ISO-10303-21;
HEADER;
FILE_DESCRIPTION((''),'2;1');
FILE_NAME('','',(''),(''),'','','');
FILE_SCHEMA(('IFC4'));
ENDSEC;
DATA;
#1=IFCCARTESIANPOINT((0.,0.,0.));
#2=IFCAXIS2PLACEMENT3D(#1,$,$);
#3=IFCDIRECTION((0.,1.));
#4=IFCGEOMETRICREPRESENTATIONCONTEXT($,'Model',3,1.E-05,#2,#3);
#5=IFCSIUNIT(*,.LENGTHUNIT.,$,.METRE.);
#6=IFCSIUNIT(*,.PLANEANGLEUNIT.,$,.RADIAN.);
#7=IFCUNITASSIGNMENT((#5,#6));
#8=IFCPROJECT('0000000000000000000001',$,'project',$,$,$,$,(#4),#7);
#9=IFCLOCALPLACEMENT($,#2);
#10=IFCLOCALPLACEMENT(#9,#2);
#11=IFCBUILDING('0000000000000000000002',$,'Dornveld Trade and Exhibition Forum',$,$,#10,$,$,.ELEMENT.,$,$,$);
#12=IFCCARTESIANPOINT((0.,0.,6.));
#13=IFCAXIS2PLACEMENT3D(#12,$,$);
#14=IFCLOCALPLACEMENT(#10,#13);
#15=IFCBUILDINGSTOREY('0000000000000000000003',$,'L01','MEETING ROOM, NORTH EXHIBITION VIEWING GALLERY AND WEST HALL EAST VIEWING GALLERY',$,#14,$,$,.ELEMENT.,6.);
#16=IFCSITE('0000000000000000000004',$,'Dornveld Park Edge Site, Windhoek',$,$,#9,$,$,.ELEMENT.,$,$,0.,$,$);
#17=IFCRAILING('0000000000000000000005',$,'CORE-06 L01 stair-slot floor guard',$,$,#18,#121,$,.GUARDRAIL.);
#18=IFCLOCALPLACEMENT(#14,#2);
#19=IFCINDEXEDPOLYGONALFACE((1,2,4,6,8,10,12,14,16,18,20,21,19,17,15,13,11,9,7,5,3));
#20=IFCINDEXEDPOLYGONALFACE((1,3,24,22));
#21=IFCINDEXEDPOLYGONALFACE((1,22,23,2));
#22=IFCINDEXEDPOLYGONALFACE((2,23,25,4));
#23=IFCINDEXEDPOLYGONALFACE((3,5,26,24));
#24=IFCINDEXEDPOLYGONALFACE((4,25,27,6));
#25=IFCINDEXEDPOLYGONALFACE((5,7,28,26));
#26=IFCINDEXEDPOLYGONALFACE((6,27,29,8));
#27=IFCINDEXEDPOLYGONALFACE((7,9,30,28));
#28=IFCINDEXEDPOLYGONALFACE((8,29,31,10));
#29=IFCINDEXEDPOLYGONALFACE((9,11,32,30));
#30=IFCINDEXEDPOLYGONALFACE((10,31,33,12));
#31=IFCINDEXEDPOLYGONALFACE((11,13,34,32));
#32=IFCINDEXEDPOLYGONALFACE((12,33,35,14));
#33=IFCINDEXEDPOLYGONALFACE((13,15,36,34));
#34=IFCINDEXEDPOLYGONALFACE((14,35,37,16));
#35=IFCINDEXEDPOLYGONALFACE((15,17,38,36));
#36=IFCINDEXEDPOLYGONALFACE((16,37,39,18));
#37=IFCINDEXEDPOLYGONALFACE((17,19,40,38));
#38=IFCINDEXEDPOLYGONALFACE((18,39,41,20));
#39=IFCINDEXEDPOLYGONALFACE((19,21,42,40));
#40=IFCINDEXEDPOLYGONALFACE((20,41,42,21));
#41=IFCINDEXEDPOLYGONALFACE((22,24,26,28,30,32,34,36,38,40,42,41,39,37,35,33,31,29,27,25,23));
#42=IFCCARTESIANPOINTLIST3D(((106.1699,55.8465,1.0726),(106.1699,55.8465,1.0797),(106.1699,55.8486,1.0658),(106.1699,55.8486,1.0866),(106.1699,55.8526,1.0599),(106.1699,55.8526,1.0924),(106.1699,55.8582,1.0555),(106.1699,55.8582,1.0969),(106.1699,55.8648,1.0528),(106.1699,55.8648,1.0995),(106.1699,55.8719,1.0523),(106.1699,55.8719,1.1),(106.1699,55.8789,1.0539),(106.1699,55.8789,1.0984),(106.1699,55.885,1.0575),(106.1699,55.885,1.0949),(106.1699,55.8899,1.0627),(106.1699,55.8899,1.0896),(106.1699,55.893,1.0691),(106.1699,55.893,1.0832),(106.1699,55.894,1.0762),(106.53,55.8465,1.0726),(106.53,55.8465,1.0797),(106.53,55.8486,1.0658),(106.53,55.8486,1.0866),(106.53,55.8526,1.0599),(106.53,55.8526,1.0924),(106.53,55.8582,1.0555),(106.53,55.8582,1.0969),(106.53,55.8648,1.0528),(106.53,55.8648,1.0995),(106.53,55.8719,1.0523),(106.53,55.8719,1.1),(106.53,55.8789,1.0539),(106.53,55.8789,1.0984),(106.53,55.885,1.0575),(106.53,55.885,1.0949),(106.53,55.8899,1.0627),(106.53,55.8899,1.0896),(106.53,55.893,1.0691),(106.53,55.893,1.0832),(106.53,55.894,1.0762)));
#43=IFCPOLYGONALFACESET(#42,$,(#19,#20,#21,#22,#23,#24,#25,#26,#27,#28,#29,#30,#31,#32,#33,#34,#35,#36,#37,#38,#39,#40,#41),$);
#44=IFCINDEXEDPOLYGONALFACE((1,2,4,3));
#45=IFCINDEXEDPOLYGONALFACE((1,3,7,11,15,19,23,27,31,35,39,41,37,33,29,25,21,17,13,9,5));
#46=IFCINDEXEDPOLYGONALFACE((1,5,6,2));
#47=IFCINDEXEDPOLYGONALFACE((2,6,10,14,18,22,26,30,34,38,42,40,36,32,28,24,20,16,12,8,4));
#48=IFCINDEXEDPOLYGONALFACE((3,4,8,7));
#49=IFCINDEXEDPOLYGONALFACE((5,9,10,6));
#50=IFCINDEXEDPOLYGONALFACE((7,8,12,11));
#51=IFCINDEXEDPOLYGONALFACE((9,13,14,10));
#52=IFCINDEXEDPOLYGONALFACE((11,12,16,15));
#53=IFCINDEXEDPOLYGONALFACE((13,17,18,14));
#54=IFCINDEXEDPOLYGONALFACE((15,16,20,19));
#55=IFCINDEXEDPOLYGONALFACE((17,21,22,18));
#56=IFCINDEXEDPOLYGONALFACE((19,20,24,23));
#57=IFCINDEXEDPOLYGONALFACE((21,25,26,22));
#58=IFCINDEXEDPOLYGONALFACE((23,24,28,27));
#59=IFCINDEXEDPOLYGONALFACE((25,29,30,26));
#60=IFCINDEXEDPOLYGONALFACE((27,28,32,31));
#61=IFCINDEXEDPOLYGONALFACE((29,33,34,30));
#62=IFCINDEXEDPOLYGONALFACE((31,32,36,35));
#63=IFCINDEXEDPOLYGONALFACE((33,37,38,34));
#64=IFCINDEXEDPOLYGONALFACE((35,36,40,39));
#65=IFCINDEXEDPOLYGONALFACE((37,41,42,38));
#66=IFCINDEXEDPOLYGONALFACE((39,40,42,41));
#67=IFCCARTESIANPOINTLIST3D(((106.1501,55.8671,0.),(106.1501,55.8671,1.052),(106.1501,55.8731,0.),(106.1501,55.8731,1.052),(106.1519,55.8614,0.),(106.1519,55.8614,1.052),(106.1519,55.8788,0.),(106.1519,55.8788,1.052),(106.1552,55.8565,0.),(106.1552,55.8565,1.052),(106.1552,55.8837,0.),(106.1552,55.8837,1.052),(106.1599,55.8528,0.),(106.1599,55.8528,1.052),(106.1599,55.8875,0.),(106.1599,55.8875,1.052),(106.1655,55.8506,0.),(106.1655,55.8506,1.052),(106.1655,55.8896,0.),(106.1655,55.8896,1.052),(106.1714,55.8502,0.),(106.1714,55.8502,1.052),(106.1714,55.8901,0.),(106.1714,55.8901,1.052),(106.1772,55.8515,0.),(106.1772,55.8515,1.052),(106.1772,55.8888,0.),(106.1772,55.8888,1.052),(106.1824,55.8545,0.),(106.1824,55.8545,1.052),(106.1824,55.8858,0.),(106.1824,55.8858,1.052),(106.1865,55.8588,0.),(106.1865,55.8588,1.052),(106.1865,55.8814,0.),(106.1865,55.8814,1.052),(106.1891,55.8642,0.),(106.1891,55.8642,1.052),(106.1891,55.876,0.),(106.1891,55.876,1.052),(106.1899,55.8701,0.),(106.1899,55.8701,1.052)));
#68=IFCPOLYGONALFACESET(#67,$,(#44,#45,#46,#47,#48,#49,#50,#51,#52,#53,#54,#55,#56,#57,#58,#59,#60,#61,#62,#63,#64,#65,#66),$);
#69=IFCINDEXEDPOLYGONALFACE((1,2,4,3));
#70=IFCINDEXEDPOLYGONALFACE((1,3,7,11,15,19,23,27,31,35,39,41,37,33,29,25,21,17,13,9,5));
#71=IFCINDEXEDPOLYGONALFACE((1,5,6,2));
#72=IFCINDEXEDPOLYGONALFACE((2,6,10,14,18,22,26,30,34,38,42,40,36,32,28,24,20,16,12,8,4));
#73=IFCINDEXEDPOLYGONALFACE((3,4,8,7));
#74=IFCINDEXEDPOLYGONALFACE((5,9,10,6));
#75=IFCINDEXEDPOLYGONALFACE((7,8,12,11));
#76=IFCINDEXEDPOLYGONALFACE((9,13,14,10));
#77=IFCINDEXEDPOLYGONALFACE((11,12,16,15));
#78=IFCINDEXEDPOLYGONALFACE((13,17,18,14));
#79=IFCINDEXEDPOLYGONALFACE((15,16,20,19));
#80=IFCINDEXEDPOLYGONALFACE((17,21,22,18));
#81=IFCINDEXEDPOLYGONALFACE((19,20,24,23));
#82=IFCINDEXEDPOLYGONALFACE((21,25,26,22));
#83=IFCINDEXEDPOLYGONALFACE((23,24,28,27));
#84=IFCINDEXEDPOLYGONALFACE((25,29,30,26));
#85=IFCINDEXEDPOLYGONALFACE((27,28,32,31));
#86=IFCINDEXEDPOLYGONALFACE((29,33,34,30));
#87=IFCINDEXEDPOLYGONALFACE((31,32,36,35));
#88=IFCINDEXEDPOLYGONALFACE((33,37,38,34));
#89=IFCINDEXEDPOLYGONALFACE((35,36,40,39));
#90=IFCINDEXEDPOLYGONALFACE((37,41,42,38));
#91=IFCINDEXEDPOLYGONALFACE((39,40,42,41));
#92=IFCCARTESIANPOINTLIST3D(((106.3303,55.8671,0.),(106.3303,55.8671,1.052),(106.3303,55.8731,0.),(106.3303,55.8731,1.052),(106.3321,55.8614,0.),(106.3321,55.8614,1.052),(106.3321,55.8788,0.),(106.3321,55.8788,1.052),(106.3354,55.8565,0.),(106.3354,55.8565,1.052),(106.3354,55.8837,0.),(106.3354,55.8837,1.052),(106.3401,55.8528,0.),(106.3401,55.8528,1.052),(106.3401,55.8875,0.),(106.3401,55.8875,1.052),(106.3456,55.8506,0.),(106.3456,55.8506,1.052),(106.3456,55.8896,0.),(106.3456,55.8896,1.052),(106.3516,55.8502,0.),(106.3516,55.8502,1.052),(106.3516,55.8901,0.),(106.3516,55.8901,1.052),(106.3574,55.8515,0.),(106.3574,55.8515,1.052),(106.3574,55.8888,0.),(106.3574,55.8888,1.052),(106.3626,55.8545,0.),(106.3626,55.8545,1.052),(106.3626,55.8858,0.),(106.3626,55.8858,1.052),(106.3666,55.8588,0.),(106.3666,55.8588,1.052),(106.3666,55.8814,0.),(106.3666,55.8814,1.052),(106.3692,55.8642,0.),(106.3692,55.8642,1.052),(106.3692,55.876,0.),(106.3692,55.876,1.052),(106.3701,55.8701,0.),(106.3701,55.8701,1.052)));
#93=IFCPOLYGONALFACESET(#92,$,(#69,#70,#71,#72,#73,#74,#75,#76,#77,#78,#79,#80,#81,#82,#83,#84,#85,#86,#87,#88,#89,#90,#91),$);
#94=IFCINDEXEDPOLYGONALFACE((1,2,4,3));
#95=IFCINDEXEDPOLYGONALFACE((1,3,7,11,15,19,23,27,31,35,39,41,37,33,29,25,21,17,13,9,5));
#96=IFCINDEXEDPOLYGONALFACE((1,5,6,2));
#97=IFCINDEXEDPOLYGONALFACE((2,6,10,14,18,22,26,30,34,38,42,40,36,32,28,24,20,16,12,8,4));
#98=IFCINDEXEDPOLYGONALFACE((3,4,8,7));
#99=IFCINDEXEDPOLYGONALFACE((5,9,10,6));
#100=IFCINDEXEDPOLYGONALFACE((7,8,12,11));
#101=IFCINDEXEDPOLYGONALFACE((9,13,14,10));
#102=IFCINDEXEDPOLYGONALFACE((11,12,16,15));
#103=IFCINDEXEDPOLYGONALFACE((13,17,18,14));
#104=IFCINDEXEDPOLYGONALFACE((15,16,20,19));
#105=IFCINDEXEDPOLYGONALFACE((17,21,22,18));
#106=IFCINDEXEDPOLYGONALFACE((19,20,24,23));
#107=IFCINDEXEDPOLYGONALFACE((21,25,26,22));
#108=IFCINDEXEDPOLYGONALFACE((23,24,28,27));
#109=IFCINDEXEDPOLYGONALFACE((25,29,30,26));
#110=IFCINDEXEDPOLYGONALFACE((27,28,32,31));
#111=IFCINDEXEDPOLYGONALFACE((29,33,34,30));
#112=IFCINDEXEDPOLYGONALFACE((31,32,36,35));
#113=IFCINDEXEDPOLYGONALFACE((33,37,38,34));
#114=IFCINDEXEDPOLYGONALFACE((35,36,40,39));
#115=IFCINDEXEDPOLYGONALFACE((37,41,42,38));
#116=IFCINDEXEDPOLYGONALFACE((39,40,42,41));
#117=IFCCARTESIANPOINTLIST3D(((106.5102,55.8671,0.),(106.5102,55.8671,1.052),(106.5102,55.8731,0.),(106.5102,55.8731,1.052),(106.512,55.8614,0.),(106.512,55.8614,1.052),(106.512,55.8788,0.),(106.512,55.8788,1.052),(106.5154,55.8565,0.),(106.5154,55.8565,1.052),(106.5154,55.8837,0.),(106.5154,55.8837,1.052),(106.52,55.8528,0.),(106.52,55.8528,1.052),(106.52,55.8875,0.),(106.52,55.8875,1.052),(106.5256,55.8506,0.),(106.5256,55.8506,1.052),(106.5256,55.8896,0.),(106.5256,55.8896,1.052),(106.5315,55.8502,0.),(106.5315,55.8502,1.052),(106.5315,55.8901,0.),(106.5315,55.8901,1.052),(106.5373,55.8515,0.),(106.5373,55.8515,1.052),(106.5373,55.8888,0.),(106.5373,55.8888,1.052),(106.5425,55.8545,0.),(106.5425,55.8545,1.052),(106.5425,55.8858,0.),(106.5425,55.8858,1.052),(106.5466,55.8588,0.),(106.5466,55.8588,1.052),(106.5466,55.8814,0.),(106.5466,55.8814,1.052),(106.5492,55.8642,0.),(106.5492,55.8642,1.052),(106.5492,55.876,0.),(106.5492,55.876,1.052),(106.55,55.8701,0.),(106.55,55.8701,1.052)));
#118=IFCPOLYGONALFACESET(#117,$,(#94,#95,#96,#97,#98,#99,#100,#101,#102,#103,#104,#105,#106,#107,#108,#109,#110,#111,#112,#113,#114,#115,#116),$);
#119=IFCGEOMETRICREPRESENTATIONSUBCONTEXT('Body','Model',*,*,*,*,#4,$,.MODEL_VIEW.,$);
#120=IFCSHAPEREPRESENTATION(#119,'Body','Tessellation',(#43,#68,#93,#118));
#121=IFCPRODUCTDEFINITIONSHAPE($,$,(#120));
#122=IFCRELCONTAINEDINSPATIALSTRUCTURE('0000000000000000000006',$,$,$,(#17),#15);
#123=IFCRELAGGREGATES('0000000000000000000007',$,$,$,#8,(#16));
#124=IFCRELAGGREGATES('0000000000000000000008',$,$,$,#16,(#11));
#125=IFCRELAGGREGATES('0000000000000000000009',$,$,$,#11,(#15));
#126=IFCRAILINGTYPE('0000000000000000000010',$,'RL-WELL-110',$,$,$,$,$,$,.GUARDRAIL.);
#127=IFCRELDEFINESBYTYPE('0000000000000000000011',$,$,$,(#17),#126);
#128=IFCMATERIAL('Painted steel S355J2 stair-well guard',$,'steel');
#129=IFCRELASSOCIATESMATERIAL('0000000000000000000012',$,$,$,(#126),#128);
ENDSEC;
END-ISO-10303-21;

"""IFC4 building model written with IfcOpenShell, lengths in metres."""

from ifc_helpers import new_model, si_unit, direction, frame, origin, origin_2d, place, context, subcontext, project, spatial, circle, extrude, material, type_object, element, save


model = new_model("IFC4")

# Units and contexts
model_context = context("Model", 3, precision=1e-05, world=origin(), true_north=direction((0.0, 1.0)))
body_context = subcontext(model_context, "Body", "Model", "MODEL_VIEW")
ifc_project = project(units=[si_unit("LENGTHUNIT", "METRE"), si_unit("PLANEANGLEUNIT", "RADIAN")], contexts=[model_context])

# Site, building, storey
site_placement = place(None, origin())
site = spatial("IfcSite", under=ifc_project, at=site_placement, Name="Dornveld Park Edge Site, Windhoek", CompositionType="ELEMENT", RefElevation=0.0)
building_placement = place(site_placement, origin())
building = spatial("IfcBuilding", under=site, at=building_placement, Name="Dornveld Trade and Exhibition Forum", CompositionType="ELEMENT")
storey_placement = place(building_placement, frame((0.0, 0.0, 6.0)))
storey = spatial("IfcBuildingStorey", under=building, at=storey_placement, Name="L01", Description="MEETING ROOM, NORTH EXHIBITION VIEWING GALLERY AND WEST HALL EAST VIEWING GALLERY", CompositionType="ELEMENT", Elevation=6.0)

# Railing
ifc_material_1 = material(Name="Painted steel S355J2 stair-well guard", Category="steel")
railing_type_1 = type_object("IfcRailingType", Name="RL-WELL-110", PredefinedType="GUARDRAIL", material=ifc_material_1)
railing_1_placement = place(storey_placement, frame((106.1699, 55.8701, 0.0)))
element("IfcRailing", 1, at=railing_1_placement, inside=storey, type_object=railing_type_1, Name="CORE-06 L01 stair-slot floor guard", PredefinedType="GUARDRAIL", context=body_context, shape_type="SweptSolid", body=[
    extrude(circle(Radius=0.0239, at=origin_2d()), frame((0.0, 0.0, 1.0762), z_axis=(1.0, 0.0, 0.0), x_axis=(0.0, 1.0, 0.0)), (0.0, 0.0, 1.0), 0.3601),
    extrude(circle(Radius=0.02, at=origin_2d()), origin(), (0.0, 0.0, 1.0), 1.052),
    extrude(circle(Radius=0.02, at=origin_2d()), frame((0.1802, 0.0, 0.0)), (0.0, 0.0, 1.0), 1.052),
    extrude(circle(Radius=0.02, at=origin_2d()), frame((0.3601, 0.0, 0.0)), (0.0, 0.0, 1.0), 1.052),
])

save(model, "model.ifc")
